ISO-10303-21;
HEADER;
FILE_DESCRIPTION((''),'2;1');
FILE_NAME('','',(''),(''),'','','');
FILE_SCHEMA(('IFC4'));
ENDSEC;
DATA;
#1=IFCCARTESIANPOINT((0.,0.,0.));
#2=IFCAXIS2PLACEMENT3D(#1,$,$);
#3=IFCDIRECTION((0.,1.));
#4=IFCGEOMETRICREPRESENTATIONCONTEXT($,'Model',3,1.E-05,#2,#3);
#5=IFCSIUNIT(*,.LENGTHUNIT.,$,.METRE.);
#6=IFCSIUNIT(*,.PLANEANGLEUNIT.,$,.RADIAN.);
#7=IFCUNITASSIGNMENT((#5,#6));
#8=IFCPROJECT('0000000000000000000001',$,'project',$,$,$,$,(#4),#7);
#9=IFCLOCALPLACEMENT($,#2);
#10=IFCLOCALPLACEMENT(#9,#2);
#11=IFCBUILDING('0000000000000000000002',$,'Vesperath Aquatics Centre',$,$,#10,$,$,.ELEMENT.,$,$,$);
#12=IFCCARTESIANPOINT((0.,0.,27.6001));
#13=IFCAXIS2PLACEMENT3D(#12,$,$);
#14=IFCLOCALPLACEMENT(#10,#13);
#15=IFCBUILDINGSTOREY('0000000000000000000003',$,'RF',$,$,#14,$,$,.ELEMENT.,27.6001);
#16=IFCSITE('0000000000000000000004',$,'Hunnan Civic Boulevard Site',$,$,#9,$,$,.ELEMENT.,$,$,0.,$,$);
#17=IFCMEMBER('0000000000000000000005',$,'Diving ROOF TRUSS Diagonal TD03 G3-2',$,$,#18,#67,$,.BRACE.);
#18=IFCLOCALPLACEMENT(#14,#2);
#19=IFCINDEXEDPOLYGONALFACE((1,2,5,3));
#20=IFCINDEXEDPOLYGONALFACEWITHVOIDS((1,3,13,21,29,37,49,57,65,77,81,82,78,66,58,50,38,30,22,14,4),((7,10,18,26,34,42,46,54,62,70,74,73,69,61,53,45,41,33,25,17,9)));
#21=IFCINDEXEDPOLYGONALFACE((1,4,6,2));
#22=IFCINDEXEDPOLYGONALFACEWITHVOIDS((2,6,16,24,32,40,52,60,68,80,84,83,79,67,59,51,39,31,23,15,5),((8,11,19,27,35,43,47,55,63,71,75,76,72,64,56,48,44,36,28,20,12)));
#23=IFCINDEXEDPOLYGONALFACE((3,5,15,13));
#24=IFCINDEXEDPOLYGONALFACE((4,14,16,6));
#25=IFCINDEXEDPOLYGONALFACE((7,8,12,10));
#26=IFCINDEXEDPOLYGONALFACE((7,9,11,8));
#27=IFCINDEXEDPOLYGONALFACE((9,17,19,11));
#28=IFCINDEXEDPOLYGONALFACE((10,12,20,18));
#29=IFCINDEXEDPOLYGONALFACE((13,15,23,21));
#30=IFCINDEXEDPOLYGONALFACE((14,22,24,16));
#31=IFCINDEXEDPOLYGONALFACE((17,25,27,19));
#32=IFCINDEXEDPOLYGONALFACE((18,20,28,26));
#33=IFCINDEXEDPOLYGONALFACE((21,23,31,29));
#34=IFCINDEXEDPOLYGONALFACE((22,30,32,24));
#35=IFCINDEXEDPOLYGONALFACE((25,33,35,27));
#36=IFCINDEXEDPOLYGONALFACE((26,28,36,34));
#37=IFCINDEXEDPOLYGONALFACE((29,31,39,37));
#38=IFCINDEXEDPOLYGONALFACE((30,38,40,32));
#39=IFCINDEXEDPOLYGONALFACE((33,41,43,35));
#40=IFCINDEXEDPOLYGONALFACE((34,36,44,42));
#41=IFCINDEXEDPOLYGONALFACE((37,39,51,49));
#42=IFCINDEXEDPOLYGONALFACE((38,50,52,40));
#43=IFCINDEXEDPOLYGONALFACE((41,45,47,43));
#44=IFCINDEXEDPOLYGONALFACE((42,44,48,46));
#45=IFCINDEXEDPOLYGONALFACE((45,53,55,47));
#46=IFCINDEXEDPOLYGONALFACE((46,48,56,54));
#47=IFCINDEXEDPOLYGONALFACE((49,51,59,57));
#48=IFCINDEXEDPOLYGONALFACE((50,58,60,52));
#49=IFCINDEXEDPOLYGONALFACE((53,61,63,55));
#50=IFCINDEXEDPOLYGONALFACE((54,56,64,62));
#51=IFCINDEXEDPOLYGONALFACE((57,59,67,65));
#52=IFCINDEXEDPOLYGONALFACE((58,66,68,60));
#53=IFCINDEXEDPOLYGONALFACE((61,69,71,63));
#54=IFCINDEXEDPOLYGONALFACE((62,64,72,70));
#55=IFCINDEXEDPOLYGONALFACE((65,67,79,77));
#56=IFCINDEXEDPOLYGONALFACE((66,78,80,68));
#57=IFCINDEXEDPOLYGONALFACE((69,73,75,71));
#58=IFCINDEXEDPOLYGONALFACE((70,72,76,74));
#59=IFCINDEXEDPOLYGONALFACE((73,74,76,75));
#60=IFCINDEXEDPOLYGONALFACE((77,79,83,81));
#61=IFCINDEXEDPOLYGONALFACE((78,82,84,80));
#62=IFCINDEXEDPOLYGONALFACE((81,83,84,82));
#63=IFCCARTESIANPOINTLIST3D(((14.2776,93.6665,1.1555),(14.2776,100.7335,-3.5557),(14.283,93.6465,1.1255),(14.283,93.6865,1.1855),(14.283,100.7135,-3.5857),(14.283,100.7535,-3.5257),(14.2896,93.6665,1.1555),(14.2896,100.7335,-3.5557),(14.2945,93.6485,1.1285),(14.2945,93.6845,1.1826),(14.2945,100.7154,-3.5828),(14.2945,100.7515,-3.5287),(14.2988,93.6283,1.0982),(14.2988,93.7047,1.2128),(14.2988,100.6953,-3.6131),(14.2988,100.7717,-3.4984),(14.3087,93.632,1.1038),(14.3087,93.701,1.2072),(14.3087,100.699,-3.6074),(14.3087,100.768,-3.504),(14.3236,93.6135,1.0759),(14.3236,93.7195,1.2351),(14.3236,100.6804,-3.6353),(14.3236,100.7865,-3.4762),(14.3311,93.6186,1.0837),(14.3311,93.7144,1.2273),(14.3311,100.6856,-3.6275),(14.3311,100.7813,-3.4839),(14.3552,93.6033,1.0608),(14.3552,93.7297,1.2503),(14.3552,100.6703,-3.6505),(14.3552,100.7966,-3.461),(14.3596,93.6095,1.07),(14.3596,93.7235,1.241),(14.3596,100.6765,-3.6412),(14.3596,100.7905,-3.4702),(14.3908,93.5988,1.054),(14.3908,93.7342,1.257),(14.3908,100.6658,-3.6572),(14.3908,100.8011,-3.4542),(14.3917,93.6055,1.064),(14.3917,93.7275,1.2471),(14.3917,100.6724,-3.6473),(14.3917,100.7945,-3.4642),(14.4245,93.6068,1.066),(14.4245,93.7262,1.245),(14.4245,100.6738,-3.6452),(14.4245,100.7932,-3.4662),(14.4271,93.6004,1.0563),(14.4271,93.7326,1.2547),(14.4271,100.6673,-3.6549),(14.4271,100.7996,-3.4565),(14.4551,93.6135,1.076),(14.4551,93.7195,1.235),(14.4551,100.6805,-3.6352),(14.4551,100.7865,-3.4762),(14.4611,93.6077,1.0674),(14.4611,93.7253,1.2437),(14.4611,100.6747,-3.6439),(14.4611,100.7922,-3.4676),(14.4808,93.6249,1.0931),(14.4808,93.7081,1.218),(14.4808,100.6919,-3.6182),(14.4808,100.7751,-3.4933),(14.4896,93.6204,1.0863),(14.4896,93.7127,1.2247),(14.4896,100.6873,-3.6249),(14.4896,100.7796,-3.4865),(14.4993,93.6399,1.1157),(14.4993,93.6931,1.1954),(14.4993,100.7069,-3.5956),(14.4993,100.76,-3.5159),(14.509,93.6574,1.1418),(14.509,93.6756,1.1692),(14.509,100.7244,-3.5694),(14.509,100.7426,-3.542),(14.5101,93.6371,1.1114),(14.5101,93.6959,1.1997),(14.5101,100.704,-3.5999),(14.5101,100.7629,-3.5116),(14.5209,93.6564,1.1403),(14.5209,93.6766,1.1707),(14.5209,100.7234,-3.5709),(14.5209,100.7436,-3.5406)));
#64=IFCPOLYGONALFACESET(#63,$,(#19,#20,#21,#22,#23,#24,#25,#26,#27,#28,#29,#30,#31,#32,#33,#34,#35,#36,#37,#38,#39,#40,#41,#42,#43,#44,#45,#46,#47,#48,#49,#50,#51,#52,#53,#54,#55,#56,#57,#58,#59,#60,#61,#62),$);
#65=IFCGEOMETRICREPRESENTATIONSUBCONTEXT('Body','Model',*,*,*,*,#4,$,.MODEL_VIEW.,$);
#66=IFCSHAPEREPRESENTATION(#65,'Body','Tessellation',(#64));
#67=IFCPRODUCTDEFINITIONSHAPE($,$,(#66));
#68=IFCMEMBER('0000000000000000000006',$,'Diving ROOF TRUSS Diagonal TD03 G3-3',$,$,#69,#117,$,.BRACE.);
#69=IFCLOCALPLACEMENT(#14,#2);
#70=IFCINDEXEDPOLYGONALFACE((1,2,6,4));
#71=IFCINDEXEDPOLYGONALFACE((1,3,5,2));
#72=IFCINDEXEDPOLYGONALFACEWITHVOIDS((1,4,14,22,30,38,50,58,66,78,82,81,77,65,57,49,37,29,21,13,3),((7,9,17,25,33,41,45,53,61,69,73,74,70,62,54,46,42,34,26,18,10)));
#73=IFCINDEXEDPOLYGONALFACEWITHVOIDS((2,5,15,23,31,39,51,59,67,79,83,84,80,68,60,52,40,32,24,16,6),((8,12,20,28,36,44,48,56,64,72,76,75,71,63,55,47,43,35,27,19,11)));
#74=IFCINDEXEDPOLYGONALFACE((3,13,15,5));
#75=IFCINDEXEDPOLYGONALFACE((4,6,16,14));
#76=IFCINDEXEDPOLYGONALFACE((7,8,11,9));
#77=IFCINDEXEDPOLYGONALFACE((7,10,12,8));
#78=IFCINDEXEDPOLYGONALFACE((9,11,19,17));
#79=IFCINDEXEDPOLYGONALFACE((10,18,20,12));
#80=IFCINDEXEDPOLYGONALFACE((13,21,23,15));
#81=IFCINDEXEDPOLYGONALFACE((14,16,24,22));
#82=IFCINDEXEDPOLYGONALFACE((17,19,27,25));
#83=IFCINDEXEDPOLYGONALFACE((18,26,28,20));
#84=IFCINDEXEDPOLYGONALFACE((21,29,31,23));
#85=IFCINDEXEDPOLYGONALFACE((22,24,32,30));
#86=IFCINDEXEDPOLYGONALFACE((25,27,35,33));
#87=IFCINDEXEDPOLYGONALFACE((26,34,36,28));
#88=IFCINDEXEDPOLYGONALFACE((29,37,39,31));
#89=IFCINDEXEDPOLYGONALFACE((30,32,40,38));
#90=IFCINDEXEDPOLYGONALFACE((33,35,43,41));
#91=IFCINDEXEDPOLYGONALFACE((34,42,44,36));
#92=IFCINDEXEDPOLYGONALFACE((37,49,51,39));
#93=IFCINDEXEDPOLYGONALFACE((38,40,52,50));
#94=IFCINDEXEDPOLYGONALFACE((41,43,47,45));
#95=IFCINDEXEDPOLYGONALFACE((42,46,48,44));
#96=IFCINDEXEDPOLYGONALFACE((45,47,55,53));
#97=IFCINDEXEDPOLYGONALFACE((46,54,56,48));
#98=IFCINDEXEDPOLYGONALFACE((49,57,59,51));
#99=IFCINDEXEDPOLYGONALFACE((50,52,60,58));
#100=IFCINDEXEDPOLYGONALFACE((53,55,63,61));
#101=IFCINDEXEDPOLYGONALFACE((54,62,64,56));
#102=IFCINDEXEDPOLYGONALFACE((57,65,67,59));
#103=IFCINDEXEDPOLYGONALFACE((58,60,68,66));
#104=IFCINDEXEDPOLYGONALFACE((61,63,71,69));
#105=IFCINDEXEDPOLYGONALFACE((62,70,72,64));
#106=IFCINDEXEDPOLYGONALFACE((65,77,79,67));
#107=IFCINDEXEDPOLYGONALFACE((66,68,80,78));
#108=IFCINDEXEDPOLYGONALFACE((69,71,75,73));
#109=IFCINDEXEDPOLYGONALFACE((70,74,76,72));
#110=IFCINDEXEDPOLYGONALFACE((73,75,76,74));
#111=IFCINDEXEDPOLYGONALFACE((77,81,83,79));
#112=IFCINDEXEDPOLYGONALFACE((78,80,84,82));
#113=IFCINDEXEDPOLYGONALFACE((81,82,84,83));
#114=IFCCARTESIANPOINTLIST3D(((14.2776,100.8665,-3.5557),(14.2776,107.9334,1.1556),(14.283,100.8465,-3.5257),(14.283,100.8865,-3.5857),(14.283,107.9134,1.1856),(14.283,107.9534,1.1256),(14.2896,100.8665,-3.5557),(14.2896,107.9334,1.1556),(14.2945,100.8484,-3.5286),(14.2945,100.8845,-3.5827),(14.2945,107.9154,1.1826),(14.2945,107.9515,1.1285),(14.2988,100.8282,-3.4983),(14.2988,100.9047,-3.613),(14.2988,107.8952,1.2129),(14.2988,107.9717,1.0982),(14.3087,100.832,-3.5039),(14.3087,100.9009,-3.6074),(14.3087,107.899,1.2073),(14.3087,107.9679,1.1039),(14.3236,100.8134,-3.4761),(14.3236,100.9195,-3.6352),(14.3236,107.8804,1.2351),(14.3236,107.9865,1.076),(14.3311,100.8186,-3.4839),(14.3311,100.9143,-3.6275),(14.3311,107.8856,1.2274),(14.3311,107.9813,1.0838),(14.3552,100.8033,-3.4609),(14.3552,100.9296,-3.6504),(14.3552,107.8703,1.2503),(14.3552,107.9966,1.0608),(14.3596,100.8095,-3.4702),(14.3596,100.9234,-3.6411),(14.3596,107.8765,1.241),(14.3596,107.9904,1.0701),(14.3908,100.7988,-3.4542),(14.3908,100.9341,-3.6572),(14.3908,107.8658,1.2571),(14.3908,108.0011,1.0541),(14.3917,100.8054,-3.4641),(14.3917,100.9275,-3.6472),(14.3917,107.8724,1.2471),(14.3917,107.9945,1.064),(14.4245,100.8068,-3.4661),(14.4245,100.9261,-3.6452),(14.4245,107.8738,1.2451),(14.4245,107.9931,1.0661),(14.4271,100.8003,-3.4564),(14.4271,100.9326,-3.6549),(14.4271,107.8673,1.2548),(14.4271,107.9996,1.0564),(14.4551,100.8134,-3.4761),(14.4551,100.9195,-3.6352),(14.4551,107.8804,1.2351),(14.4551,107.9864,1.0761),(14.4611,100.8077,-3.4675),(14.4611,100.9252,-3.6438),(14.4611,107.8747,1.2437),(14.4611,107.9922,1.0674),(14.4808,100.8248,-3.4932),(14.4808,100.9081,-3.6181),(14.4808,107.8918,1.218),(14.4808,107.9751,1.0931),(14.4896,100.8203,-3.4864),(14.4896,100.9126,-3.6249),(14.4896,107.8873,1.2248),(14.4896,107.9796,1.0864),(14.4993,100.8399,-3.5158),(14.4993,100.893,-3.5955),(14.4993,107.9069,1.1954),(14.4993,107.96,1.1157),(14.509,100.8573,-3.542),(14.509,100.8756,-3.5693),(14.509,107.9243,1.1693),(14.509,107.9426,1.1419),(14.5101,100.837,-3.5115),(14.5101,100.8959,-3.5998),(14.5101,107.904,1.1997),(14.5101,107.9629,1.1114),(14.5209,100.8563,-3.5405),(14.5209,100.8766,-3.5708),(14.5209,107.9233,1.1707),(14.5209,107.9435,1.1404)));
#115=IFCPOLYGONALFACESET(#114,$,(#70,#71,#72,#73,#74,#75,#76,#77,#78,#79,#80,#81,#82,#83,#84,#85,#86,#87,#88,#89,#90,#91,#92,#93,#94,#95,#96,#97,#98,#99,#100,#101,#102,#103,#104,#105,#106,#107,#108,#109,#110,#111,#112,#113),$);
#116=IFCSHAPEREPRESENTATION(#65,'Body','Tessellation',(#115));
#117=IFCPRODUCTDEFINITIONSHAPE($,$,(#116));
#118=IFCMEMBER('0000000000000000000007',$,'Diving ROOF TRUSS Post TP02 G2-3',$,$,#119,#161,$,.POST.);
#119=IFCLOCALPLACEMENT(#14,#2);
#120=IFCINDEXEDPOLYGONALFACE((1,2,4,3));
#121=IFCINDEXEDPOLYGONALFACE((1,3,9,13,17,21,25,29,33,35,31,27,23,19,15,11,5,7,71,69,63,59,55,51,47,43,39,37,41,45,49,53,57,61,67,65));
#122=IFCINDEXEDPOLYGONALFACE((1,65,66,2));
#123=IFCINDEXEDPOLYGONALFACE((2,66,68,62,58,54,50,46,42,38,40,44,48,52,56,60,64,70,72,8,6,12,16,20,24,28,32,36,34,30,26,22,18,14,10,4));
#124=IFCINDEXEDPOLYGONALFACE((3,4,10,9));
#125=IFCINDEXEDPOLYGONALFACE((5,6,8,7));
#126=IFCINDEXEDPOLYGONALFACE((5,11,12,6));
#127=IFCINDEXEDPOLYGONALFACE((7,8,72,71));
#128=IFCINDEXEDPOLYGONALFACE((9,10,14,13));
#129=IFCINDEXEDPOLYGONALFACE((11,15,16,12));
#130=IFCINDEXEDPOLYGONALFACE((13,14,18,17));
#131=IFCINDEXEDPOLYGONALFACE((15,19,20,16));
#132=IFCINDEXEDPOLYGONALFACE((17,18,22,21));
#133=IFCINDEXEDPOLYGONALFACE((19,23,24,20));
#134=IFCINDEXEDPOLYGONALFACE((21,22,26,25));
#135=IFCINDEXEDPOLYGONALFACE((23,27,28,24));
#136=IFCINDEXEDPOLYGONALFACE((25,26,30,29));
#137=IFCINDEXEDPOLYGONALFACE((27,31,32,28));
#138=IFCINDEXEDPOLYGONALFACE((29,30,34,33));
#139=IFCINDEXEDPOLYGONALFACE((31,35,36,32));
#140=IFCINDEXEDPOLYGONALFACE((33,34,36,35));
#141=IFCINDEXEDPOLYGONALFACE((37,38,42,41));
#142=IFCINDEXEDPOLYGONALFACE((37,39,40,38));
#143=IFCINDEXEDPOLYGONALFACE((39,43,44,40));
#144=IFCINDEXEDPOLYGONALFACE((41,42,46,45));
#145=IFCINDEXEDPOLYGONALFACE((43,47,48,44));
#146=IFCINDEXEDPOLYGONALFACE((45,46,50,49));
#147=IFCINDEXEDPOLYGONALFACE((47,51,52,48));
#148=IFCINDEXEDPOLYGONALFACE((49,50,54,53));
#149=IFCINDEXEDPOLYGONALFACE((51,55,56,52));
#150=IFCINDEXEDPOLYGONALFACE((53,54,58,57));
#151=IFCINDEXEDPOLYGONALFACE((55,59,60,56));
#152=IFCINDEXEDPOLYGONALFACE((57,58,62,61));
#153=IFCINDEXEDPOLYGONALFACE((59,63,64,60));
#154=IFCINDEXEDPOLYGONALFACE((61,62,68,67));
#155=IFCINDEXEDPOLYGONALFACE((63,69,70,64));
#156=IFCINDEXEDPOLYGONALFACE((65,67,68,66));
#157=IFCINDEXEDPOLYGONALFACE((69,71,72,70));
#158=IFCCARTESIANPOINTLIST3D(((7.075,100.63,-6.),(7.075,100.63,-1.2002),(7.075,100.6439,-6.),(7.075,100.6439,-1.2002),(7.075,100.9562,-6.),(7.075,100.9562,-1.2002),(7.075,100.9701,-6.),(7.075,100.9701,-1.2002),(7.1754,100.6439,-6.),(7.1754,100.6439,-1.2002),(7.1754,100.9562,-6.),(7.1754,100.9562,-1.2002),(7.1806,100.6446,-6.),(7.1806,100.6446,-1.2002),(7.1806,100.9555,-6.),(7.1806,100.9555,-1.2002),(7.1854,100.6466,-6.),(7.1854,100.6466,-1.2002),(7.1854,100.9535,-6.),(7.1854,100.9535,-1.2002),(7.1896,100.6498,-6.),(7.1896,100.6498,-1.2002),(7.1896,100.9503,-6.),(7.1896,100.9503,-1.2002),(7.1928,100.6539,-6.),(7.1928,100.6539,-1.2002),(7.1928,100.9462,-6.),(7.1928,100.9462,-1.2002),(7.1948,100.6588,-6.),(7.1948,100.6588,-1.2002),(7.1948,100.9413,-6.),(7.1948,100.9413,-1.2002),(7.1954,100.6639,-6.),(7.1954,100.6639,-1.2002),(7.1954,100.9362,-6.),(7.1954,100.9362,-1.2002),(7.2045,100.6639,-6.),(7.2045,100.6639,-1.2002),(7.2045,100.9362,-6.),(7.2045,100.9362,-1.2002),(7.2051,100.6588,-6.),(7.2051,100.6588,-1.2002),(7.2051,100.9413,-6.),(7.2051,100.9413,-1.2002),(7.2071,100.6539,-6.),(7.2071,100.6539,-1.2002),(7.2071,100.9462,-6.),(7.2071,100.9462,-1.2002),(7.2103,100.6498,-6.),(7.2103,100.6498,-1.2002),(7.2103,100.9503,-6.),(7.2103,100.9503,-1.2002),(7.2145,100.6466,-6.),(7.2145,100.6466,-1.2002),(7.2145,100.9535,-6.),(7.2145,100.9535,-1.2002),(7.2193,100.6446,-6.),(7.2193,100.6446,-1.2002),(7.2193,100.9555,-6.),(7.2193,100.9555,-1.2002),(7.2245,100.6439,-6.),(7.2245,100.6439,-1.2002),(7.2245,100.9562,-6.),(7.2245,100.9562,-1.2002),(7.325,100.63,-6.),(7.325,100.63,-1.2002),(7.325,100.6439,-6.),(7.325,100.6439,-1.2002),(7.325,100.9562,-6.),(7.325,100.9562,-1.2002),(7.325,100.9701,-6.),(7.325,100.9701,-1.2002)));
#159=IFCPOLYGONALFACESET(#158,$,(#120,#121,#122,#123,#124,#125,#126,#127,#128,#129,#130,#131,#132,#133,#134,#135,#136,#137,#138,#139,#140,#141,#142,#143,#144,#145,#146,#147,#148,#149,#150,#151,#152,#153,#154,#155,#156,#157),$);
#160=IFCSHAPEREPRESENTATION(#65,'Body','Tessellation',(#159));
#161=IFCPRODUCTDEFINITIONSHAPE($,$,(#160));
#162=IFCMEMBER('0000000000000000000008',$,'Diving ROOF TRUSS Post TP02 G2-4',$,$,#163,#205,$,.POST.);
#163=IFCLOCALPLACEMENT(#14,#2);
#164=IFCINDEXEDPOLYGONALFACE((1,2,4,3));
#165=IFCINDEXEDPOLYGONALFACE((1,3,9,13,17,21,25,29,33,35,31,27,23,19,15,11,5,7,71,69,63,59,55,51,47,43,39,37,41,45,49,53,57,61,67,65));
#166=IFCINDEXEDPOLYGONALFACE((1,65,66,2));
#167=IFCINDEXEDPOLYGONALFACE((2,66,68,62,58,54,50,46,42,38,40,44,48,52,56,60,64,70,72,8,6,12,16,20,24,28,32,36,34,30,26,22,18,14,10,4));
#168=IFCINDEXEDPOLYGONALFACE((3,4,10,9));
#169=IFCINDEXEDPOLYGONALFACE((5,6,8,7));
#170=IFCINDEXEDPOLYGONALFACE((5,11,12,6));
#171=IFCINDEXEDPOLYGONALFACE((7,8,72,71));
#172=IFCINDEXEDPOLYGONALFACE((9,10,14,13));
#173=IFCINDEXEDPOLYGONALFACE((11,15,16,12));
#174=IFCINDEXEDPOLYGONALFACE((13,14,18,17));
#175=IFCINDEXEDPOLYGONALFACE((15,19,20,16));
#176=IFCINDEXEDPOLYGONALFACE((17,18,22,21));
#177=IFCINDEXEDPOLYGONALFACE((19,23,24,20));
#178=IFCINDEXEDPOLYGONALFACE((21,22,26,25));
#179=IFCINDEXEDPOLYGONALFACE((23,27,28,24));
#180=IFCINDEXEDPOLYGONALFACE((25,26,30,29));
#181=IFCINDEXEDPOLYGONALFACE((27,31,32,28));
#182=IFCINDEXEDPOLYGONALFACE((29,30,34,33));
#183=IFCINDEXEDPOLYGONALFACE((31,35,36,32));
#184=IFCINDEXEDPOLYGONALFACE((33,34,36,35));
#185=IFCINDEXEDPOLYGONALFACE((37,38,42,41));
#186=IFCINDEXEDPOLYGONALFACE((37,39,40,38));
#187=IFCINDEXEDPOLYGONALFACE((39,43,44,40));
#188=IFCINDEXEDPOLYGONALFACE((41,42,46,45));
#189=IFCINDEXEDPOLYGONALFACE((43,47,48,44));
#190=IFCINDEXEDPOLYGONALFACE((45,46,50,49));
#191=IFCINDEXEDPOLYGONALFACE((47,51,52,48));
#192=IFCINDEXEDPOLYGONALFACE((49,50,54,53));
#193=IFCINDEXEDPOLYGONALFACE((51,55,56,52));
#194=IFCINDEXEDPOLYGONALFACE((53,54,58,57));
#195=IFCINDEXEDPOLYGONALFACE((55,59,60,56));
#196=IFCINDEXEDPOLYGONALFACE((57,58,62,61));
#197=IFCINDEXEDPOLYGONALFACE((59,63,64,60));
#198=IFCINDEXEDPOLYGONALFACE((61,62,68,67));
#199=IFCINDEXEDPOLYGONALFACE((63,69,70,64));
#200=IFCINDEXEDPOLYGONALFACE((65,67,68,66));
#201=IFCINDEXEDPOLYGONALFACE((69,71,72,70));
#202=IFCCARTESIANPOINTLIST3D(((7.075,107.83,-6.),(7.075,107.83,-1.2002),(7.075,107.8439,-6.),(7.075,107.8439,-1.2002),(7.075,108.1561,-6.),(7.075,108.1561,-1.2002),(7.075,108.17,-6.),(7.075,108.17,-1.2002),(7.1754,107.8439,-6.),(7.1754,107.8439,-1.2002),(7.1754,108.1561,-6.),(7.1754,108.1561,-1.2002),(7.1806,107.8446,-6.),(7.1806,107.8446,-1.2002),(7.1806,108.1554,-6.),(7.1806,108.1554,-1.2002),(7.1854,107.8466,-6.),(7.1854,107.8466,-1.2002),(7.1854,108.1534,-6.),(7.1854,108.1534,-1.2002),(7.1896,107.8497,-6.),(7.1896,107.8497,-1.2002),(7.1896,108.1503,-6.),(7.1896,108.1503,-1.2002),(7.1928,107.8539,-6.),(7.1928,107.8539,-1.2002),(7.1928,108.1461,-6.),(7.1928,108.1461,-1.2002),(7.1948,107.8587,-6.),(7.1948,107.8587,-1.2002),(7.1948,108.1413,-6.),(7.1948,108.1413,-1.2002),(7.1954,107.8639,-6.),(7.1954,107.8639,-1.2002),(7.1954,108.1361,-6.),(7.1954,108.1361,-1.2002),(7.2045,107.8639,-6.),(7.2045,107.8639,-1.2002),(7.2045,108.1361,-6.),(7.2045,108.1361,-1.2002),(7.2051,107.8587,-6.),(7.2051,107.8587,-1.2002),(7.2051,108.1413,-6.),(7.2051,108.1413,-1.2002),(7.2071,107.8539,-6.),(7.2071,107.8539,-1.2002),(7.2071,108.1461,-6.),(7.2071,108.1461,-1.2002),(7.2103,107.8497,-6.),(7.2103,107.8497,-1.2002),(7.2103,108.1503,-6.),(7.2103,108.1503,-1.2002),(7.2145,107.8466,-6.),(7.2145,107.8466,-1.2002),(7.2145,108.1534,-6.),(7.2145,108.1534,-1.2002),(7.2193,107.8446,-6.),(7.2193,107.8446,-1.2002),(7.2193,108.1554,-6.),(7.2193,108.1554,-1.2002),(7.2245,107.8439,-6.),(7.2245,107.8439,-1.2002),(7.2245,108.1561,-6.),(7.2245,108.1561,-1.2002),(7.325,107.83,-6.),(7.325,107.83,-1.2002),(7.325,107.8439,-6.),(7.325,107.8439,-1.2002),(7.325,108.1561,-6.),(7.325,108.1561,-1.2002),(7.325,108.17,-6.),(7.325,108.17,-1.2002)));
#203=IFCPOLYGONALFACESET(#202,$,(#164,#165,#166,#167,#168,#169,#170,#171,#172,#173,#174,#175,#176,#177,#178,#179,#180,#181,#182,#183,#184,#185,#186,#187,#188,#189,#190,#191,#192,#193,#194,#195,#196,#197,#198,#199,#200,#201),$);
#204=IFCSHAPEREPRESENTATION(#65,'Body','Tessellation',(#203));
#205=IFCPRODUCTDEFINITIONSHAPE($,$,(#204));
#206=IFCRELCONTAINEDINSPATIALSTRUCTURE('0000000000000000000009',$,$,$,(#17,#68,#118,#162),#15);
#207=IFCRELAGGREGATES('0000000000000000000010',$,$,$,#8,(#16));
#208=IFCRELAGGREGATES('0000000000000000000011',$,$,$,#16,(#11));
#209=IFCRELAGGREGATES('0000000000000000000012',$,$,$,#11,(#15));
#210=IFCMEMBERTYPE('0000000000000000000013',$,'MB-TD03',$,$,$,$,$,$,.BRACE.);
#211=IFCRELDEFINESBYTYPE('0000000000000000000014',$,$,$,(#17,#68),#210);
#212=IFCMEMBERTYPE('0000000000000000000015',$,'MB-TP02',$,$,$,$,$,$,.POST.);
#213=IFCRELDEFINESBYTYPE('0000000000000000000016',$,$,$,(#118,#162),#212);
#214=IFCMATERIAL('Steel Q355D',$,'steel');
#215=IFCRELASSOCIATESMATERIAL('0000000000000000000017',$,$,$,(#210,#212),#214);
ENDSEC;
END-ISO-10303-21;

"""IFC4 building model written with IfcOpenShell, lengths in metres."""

from ifc_helpers import new_model, si_unit, direction, frame, origin, origin_2d, place, context, subcontext, project, spatial, hollow_circle, i_section, extrude, material, material_profile, profile_set, type_object, element, save


model = new_model("IFC4")

# Units and contexts
model_context = context("Model", 3, precision=1e-05, world=origin(), true_north=direction((0.0, 1.0)))
body_context = subcontext(model_context, "Body", "Model", "MODEL_VIEW")
ifc_project = project(units=[si_unit("LENGTHUNIT", "METRE"), si_unit("PLANEANGLEUNIT", "RADIAN")], contexts=[model_context])

# Site, building, storey
site_placement = place(None, origin())
site = spatial("IfcSite", under=ifc_project, at=site_placement, Name="Hunnan Civic Boulevard Site", CompositionType="ELEMENT", RefElevation=0.0)
building_placement = place(site_placement, origin())
building = spatial("IfcBuilding", under=site, at=building_placement, Name="Vesperath Aquatics Centre", CompositionType="ELEMENT")
storey_placement = place(building_placement, frame((0.0, 0.0, 27.6001)))
storey = spatial("IfcBuildingStorey", under=building, at=storey_placement, Name="RF", CompositionType="ELEMENT", Elevation=27.6001)

# Members
ifc_material_1 = material(Name="Steel Q355D", Category="steel")
ifc_material_profile_1 = material_profile(ifc_material_1, hollow_circle(Radius=0.1223, WallThickness=0.012, at=origin_2d()), Name="CHS 244.5x12")
ifc_profile_set_1 = profile_set([ifc_material_profile_1], Name="Steel Q355D")
member_type_1 = type_object("IfcMemberType", Name="MB-TD03", PredefinedType="BRACE", material=ifc_profile_set_1)
for number, where, z_axis, x_axis, name in (
    (1, (14.3999, 93.6665, 1.1555), (0.0, 0.832055, -0.554694), (-1.0, 0.0, 0.0), "Diving ROOF TRUSS Diagonal TD03 G3-2"),
    (2, (14.3999, 100.8665, -3.5557), (0.0, 0.832055, 0.554694), (-1.0, 0.0, 0.0), "Diving ROOF TRUSS Diagonal TD03 G3-3"),
):
    element("IfcMember", number, at=place(storey_placement, frame(where, z_axis=z_axis, x_axis=x_axis)), inside=storey, type_object=member_type_1, Name=name, PredefinedType="BRACE", context=body_context, shape_type="SweptSolid", body=[
        extrude(hollow_circle(Radius=0.1223, WallThickness=0.012, at=origin_2d()), origin(), (0.0, 0.0, 1.0), 8.4934),
    ])
ifc_material_profile_2 = material_profile(ifc_material_1, i_section(OverallWidth=0.25, OverallDepth=0.3401, WebThickness=0.009, FlangeThickness=0.0139, FilletRadius=0.02, at=origin_2d()), Name="HM 340x250x9x14")
ifc_profile_set_2 = profile_set([ifc_material_profile_2], Name="Steel Q355D")
member_type_2 = type_object("IfcMemberType", Name="MB-TP02", PredefinedType="POST", material=ifc_profile_set_2)
for number, where, z_axis, x_axis, name in (
    (3, (7.2, 100.8, -6.0), (0.0, 0.0, 1.0), (1.0, 0.0, 0.0), "Diving ROOF TRUSS Post TP02 G2-3"),
    (4, (7.2, 108.0, -6.0), (0.0, 0.0, 1.0), (1.0, 0.0, 0.0), "Diving ROOF TRUSS Post TP02 G2-4"),
):
    element("IfcMember", number, at=place(storey_placement, frame(where, z_axis=z_axis, x_axis=x_axis)), inside=storey, type_object=member_type_2, Name=name, PredefinedType="POST", context=body_context, shape_type="SweptSolid", body=[
        extrude(i_section(OverallWidth=0.25, OverallDepth=0.3401, WebThickness=0.009, FlangeThickness=0.0139, FilletRadius=0.02, at=origin_2d()), origin(), (0.0, 0.0, 1.0), 4.7998),
    ])

save(model, "model.ifc")
